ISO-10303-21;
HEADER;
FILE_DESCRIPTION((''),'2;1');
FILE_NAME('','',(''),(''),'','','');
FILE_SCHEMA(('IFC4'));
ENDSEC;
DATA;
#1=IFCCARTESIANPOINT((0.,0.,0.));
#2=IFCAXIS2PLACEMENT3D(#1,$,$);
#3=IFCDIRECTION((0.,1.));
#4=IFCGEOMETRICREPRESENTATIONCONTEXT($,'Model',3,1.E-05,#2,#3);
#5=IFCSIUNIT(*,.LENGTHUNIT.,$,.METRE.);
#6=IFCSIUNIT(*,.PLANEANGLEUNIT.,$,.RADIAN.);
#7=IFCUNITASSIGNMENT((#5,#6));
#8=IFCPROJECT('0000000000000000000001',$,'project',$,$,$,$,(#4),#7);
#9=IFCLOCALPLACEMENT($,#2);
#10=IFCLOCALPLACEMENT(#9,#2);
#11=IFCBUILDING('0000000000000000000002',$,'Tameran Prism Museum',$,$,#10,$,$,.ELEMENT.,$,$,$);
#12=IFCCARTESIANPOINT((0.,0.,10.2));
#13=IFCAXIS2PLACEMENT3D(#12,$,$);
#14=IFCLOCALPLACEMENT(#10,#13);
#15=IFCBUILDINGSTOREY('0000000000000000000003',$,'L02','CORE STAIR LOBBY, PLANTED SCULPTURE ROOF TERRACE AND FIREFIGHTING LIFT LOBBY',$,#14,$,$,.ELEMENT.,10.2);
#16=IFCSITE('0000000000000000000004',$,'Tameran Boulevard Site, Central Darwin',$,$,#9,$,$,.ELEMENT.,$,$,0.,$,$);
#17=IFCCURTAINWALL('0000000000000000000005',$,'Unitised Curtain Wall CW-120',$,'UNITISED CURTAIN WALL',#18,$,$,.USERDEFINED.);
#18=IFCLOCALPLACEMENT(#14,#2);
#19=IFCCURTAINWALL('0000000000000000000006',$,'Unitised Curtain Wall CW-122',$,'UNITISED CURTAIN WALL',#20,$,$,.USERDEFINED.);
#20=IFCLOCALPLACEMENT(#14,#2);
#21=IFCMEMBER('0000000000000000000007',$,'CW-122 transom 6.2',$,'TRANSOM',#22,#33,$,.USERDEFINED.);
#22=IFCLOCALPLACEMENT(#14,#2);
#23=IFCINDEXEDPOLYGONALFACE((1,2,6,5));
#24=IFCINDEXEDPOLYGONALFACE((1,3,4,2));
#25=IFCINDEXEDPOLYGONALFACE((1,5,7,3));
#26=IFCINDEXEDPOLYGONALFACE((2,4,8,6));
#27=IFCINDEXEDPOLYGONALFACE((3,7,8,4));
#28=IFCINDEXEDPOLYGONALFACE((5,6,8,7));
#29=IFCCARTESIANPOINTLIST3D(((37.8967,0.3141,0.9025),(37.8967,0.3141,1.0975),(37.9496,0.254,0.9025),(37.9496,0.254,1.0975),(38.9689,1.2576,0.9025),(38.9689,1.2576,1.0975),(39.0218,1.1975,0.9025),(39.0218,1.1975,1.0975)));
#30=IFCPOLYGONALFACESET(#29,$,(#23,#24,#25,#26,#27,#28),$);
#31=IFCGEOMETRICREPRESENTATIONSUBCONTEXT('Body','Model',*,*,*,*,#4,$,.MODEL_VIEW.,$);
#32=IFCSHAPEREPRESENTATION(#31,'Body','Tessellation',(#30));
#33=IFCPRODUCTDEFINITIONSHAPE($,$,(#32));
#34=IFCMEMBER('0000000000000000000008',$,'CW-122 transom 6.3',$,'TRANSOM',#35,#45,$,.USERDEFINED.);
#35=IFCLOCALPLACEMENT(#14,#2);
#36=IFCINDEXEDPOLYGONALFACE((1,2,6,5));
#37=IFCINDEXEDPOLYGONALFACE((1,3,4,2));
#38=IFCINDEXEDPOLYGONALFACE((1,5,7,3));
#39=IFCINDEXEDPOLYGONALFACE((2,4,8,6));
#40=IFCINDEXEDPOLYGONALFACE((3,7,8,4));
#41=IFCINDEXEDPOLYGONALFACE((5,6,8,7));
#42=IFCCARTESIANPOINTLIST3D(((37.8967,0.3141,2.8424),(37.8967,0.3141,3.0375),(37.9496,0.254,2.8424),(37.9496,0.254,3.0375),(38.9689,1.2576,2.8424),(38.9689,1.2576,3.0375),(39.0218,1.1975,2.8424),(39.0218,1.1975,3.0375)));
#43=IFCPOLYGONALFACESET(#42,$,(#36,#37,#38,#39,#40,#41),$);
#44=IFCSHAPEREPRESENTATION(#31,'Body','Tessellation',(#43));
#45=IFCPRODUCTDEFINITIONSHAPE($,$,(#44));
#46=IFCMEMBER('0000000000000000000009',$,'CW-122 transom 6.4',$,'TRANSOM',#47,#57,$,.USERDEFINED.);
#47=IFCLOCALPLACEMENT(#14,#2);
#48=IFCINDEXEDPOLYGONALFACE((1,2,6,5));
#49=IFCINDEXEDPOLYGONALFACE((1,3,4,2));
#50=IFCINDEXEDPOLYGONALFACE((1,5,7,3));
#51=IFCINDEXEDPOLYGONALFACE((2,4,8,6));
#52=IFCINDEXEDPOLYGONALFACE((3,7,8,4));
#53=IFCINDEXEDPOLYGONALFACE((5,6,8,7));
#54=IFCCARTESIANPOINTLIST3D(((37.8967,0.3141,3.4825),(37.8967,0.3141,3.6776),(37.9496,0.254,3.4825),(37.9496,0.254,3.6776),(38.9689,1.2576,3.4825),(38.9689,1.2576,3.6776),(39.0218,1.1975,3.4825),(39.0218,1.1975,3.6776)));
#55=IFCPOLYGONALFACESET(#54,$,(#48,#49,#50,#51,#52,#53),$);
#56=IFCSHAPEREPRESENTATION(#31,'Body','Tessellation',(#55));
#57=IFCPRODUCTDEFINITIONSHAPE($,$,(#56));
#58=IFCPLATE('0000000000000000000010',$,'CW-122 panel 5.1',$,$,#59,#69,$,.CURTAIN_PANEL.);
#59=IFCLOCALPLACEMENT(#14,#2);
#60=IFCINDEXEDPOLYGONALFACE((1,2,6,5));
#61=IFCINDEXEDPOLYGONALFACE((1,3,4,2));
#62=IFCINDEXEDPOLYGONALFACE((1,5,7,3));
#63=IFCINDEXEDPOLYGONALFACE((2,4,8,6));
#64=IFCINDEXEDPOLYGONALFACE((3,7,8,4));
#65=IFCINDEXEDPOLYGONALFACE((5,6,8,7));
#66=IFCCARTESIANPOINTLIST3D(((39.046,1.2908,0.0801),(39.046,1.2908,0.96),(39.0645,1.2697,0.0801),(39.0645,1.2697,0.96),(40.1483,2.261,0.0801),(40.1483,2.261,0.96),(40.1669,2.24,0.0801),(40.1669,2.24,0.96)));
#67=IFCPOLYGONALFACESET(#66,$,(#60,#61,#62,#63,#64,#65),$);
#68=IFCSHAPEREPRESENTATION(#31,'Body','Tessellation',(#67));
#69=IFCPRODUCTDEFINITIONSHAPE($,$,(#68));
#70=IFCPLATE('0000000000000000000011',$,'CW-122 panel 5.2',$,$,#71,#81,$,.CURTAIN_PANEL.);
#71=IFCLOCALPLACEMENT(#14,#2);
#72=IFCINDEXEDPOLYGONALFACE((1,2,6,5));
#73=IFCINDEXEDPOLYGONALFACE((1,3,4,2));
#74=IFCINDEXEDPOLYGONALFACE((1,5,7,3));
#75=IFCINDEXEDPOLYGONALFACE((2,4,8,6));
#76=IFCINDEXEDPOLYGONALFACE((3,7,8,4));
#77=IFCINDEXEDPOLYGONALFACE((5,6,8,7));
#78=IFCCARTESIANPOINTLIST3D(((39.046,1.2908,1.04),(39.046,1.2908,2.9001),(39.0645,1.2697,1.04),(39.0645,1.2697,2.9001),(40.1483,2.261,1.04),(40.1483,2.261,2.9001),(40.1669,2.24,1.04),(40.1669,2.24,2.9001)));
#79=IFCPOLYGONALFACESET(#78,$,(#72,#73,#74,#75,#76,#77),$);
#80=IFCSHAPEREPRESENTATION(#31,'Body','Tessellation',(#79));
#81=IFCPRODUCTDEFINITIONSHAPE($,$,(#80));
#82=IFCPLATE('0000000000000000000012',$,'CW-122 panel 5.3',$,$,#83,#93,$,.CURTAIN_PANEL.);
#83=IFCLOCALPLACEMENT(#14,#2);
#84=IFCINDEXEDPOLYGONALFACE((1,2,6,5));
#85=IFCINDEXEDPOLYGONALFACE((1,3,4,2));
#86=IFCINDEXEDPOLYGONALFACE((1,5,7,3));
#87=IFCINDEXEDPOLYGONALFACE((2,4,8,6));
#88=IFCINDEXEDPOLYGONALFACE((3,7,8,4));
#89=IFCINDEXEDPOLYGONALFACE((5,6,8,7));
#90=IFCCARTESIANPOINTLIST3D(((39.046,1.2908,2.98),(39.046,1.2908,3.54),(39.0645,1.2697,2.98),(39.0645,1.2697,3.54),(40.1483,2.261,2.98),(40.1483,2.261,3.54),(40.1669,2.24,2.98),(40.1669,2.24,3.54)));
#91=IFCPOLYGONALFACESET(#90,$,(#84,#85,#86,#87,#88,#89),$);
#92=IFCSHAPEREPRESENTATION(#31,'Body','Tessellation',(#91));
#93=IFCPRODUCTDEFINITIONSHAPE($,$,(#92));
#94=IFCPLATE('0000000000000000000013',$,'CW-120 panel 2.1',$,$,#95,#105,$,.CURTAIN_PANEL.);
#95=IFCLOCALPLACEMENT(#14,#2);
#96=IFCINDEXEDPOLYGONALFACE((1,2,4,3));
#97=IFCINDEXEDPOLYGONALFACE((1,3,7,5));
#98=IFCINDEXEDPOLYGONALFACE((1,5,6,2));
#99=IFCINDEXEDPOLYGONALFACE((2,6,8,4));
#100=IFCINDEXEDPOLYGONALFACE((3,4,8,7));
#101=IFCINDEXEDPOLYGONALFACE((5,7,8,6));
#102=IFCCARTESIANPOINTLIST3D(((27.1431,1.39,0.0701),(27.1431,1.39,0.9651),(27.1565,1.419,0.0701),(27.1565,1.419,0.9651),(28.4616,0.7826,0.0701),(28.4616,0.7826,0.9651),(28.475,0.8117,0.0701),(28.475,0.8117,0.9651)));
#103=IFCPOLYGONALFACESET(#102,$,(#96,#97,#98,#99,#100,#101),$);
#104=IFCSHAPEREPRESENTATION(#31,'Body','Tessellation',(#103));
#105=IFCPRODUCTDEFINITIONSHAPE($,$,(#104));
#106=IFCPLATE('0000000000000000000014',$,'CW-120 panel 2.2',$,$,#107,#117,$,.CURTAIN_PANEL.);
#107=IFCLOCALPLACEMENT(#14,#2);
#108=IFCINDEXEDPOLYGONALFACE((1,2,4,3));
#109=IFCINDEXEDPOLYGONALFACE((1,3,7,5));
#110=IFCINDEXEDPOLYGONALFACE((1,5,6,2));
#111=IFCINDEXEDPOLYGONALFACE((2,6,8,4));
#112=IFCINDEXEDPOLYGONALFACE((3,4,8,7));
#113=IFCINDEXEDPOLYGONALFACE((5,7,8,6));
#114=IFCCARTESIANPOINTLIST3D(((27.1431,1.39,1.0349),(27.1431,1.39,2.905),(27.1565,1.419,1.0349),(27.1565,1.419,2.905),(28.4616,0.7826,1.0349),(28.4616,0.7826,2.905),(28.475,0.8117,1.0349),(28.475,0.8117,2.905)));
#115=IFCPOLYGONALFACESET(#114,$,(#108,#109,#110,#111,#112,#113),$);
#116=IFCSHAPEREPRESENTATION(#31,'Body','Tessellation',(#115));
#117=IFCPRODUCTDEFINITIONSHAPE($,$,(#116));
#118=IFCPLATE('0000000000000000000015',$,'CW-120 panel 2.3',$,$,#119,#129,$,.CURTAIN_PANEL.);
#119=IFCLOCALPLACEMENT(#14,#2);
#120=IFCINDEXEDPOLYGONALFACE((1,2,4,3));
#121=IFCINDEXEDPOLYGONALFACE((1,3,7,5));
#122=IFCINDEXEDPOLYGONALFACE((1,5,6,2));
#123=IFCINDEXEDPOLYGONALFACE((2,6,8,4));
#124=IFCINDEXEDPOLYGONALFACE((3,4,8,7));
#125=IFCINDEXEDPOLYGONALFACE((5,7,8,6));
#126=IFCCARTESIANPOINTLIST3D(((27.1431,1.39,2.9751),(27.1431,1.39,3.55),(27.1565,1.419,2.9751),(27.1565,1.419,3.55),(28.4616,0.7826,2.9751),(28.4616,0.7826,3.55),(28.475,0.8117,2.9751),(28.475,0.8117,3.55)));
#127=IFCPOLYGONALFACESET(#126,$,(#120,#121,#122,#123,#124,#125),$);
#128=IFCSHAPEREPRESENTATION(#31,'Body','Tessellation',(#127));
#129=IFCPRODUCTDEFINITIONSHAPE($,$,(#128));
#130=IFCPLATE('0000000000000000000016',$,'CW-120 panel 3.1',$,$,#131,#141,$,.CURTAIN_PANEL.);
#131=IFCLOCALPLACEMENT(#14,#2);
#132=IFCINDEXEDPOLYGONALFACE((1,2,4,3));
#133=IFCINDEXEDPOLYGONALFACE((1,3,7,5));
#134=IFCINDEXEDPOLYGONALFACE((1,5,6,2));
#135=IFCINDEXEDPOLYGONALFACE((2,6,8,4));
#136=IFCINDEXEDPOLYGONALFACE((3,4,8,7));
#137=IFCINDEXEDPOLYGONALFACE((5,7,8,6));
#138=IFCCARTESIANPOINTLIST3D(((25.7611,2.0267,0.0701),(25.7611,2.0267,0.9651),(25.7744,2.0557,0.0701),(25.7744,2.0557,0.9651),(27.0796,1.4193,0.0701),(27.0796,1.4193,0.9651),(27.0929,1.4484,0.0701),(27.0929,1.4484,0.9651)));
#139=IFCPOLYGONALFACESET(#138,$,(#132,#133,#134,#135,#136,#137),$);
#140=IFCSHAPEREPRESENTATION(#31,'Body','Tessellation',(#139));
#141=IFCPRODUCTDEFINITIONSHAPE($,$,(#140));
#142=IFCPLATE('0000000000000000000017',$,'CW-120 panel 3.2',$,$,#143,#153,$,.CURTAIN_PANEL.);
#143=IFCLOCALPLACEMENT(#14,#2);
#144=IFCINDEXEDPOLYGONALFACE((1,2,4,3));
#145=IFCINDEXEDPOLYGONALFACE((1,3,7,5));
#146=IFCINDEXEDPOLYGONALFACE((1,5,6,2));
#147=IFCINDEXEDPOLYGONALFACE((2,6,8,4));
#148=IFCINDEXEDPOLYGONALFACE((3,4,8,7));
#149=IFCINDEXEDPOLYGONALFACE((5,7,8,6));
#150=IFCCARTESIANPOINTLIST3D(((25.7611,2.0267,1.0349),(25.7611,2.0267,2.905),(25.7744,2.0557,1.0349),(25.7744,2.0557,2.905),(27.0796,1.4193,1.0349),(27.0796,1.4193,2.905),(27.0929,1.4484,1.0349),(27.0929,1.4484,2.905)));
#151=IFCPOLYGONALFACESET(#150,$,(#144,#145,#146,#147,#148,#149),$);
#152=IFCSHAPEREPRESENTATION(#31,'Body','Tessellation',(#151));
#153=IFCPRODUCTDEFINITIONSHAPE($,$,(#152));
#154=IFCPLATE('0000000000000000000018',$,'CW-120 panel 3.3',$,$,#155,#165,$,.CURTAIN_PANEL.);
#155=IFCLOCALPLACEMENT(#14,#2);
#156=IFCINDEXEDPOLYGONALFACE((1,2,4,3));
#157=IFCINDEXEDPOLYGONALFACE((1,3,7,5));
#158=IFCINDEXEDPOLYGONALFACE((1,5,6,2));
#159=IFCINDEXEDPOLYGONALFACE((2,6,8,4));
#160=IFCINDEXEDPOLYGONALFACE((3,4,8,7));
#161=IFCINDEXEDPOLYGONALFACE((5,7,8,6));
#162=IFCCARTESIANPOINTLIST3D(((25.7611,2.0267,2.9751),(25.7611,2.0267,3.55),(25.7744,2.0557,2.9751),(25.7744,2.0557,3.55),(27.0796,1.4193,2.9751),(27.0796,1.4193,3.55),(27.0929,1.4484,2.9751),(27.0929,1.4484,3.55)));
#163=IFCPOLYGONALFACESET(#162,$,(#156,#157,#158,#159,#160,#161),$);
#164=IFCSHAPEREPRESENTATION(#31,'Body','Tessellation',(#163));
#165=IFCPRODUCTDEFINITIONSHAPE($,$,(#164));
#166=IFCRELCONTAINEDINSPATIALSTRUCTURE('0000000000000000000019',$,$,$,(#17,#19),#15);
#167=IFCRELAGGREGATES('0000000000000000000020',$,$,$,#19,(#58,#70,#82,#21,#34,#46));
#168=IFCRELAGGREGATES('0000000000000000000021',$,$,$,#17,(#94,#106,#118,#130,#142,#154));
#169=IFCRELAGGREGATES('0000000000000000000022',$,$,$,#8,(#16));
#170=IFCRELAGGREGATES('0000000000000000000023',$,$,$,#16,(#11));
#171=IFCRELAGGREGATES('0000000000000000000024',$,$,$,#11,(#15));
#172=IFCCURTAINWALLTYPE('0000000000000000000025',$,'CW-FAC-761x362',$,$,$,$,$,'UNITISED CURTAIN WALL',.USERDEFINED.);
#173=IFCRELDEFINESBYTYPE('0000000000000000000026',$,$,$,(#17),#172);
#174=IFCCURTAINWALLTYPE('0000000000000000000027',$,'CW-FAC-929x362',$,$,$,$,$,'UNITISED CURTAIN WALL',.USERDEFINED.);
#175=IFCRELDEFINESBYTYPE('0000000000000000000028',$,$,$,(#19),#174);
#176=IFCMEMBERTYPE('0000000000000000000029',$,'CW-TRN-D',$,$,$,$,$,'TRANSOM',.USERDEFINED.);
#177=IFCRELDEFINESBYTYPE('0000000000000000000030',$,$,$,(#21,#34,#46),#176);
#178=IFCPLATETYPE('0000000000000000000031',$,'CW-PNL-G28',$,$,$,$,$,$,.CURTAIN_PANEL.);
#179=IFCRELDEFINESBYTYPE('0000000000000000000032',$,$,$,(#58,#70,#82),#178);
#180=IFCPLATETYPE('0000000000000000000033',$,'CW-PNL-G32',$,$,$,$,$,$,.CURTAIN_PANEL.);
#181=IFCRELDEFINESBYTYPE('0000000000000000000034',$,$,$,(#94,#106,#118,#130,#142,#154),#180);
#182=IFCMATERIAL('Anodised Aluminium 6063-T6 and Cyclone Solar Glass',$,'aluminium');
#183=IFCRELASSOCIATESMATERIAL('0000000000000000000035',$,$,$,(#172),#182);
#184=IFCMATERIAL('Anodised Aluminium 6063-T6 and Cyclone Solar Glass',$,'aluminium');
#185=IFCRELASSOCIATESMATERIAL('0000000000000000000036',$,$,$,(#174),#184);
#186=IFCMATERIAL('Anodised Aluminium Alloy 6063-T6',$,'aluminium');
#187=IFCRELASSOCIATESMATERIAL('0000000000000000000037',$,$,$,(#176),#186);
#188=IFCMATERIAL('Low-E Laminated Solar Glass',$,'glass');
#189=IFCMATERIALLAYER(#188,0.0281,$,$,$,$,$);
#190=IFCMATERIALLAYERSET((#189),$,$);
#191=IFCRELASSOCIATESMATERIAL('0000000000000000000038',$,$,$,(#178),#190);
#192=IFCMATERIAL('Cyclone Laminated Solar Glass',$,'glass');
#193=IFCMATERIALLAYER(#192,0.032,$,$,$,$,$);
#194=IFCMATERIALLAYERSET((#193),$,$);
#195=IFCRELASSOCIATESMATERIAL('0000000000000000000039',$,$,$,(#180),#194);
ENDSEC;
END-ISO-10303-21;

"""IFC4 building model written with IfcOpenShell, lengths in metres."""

from ifc_helpers import new_model, si_unit, direction, frame, origin, origin_2d, place, context, subcontext, project, spatial, rectangle, extrude, material, layer, layer_set, material_profile, profile_set, type_object, element, aggregate, save


model = new_model("IFC4")

# Units and contexts
model_context = context("Model", 3, precision=1e-05, world=origin(), true_north=direction((0.0, 1.0)))
body_context = subcontext(model_context, "Body", "Model", "MODEL_VIEW")
ifc_project = project(units=[si_unit("LENGTHUNIT", "METRE"), si_unit("PLANEANGLEUNIT", "RADIAN")], contexts=[model_context])

# Site, building, storey
site_placement = place(None, origin())
site = spatial("IfcSite", under=ifc_project, at=site_placement, Name="Tameran Boulevard Site, Central Darwin", CompositionType="ELEMENT", RefElevation=0.0)
building_placement = place(site_placement, origin())
building = spatial("IfcBuilding", under=site, at=building_placement, Name="Tameran Prism Museum", CompositionType="ELEMENT")
storey_placement = place(building_placement, frame((0.0, 0.0, 10.2)))
storey = spatial("IfcBuildingStorey", under=building, at=storey_placement, Name="L02", Description="CORE STAIR LOBBY, PLANTED SCULPTURE ROOF TERRACE AND FIREFIGHTING LIFT LOBBY", CompositionType="ELEMENT", Elevation=10.2)

# Curtain wall
ifc_material_1 = material(Name="Anodised Aluminium 6063-T6 and Cyclone Solar Glass", Category="aluminium")
curtain_wall_type_1 = type_object("IfcCurtainWallType", Name="CW-FAC-761x362", ElementType="UNITISED CURTAIN WALL", PredefinedType="USERDEFINED", material=ifc_material_1)
curtain_wall_1_placement = place(storey_placement, origin())
curtain_wall_1 = element("IfcCurtainWall", 1, at=curtain_wall_1_placement, inside=storey, type_object=curtain_wall_type_1, Name="Unitised Curtain Wall CW-120", ObjectType="UNITISED CURTAIN WALL", PredefinedType="USERDEFINED")

# Curtain wall
ifc_material_2 = material(Name="Anodised Aluminium 6063-T6 and Cyclone Solar Glass", Category="aluminium")
curtain_wall_type_2 = type_object("IfcCurtainWallType", Name="CW-FAC-929x362", ElementType="UNITISED CURTAIN WALL", PredefinedType="USERDEFINED", material=ifc_material_2)
curtain_wall_2_placement = place(storey_placement, origin())
curtain_wall_2 = element("IfcCurtainWall", 2, at=curtain_wall_2_placement, inside=storey, type_object=curtain_wall_type_2, Name="Unitised Curtain Wall CW-122", ObjectType="UNITISED CURTAIN WALL", PredefinedType="USERDEFINED")

# Members
ifc_material_3 = material(Name="Anodised Aluminium Alloy 6063-T6", Category="aluminium")
ifc_material_profile_1 = material_profile(ifc_material_3, rectangle(XDim=0.0801, YDim=0.1951, at=origin_2d()))
ifc_profile_set_1 = profile_set([ifc_material_profile_1])
member_type_1 = type_object("IfcMemberType", Name="CW-TRN-D", ElementType="TRANSOM", PredefinedType="USERDEFINED", material=ifc_profile_set_1)
member_1_placement = place(storey_placement, frame((38.9954, 1.2275, 1.0), z_axis=(-0.75071, -0.660632, 0.0), x_axis=(0.660632, -0.75071, 0.0)))
member_1 = element("IfcMember", 3, at=member_1_placement, type_object=member_type_1, Name="CW-122 transom 6.2", ObjectType="TRANSOM", PredefinedType="USERDEFINED", context=body_context, shape_type="SweptSolid", body=[
    extrude(rectangle(XDim=0.0801, YDim=0.1951, at=origin_2d()), origin(), (0.0, 0.0, 1.0), 1.4282),
])
member_2_placement = place(storey_placement, frame((38.9954, 1.2275, 2.9399), z_axis=(-0.75071, -0.660632, 0.0), x_axis=(0.660632, -0.75071, 0.0)))
member_2 = element("IfcMember", 4, at=member_2_placement, type_object=member_type_1, Name="CW-122 transom 6.3", ObjectType="TRANSOM", PredefinedType="USERDEFINED", context=body_context, shape_type="SweptSolid", body=[
    extrude(rectangle(XDim=0.0801, YDim=0.1951, at=origin_2d()), origin(), (0.0, 0.0, 1.0), 1.4282),
])
member_3_placement = place(storey_placement, frame((38.9954, 1.2275, 3.5801), z_axis=(-0.75071, -0.660632, 0.0), x_axis=(0.660632, -0.75071, 0.0)))
member_3 = element("IfcMember", 5, at=member_3_placement, type_object=member_type_1, Name="CW-122 transom 6.4", ObjectType="TRANSOM", PredefinedType="USERDEFINED", context=body_context, shape_type="SweptSolid", body=[
    extrude(rectangle(XDim=0.0801, YDim=0.1951, at=origin_2d()), origin(), (0.0, 0.0, 1.0), 1.4282),
])

# Plates
ifc_material_4 = material(Name="Low-E Laminated Solar Glass", Category="glass")
ifc_layer_1 = layer(ifc_material_4, 0.0281)
ifc_layer_set_1 = layer_set([ifc_layer_1])
plate_type_1 = type_object("IfcPlateType", Name="CW-PNL-G28", PredefinedType="CURTAIN_PANEL", material=ifc_layer_set_1)
plate_1_placement = place(storey_placement, frame((39.6064, 1.7654, 0.0801), z_axis=(0.0, 0.0, 1.0), x_axis=(-0.750667, -0.660681, 0.0)))
plate_1 = element("IfcPlate", 6, at=plate_1_placement, type_object=plate_type_1, Name="CW-122 panel 5.1", PredefinedType="CURTAIN_PANEL", context=body_context, shape_type="SweptSolid", body=[
    extrude(rectangle(XDim=1.4685, YDim=0.0281, at=origin_2d()), origin(), (0.0, 0.0, 1.0), 0.8799),
])
plate_2_placement = place(storey_placement, frame((39.6064, 1.7654, 1.04), z_axis=(0.0, 0.0, 1.0), x_axis=(-0.750667, -0.660681, 0.0)))
plate_2 = element("IfcPlate", 7, at=plate_2_placement, type_object=plate_type_1, Name="CW-122 panel 5.2", PredefinedType="CURTAIN_PANEL", context=body_context, shape_type="SweptSolid", body=[
    extrude(rectangle(XDim=1.4685, YDim=0.0281, at=origin_2d()), origin(), (0.0, 0.0, 1.0), 1.8601),
])
plate_3_placement = place(storey_placement, frame((39.6064, 1.7654, 2.98), z_axis=(0.0, 0.0, 1.0), x_axis=(-0.750667, -0.660681, 0.0)))
plate_3 = element("IfcPlate", 8, at=plate_3_placement, type_object=plate_type_1, Name="CW-122 panel 5.3", PredefinedType="CURTAIN_PANEL", context=body_context, shape_type="SweptSolid", body=[
    extrude(rectangle(XDim=1.4685, YDim=0.0281, at=origin_2d()), origin(), (0.0, 0.0, 1.0), 0.5601),
])
aggregate(curtain_wall_2, [plate_1, plate_2, plate_3, member_1, member_2, member_3])
ifc_material_5 = material(Name="Cyclone Laminated Solar Glass", Category="glass")
ifc_layer_2 = layer(ifc_material_5, 0.032)
ifc_layer_set_2 = layer_set([ifc_layer_2])
plate_type_2 = type_object("IfcPlateType", Name="CW-PNL-G32", PredefinedType="CURTAIN_PANEL", material=ifc_layer_set_2)
plate_4_placement = place(storey_placement, frame((27.8091, 1.1008, 0.0701), z_axis=(0.0, 0.0, 1.0), x_axis=(-0.908271, 0.418383, 0.0)))
plate_4 = element("IfcPlate", 9, at=plate_4_placement, type_object=plate_type_2, Name="CW-120 panel 2.1", PredefinedType="CURTAIN_PANEL", context=body_context, shape_type="SweptSolid", body=[
    extrude(rectangle(XDim=1.4517, YDim=0.032, at=origin_2d()), origin(), (0.0, 0.0, 1.0), 0.895),
])
plate_5_placement = place(storey_placement, frame((27.8091, 1.1008, 1.0349), z_axis=(0.0, 0.0, 1.0), x_axis=(-0.908271, 0.418383, 0.0)))
plate_5 = element("IfcPlate", 10, at=plate_5_placement, type_object=plate_type_2, Name="CW-120 panel 2.2", PredefinedType="CURTAIN_PANEL", context=body_context, shape_type="SweptSolid", body=[
    extrude(rectangle(XDim=1.4517, YDim=0.032, at=origin_2d()), origin(), (0.0, 0.0, 1.0), 1.8701),
])
plate_6_placement = place(storey_placement, frame((27.8091, 1.1008, 2.9751), z_axis=(0.0, 0.0, 1.0), x_axis=(-0.908271, 0.418383, 0.0)))
plate_6 = element("IfcPlate", 11, at=plate_6_placement, type_object=plate_type_2, Name="CW-120 panel 2.3", PredefinedType="CURTAIN_PANEL", context=body_context, shape_type="SweptSolid", body=[
    extrude(rectangle(XDim=1.4517, YDim=0.032, at=origin_2d()), origin(), (0.0, 0.0, 1.0), 0.575),
])
plate_7_placement = place(storey_placement, frame((26.427, 1.7375, 0.0701), z_axis=(0.0, 0.0, 1.0), x_axis=(-0.908271, 0.418383, 0.0)))
plate_7 = element("IfcPlate", 12, at=plate_7_placement, type_object=plate_type_2, Name="CW-120 panel 3.1", PredefinedType="CURTAIN_PANEL", context=body_context, shape_type="SweptSolid", body=[
    extrude(rectangle(XDim=1.4517, YDim=0.032, at=origin_2d()), origin(), (0.0, 0.0, 1.0), 0.895),
])
plate_8_placement = place(storey_placement, frame((26.427, 1.7375, 1.0349), z_axis=(0.0, 0.0, 1.0), x_axis=(-0.908271, 0.418383, 0.0)))
plate_8 = element("IfcPlate", 13, at=plate_8_placement, type_object=plate_type_2, Name="CW-120 panel 3.2", PredefinedType="CURTAIN_PANEL", context=body_context, shape_type="SweptSolid", body=[
    extrude(rectangle(XDim=1.4517, YDim=0.032, at=origin_2d()), origin(), (0.0, 0.0, 1.0), 1.8701),
])
plate_9_placement = place(storey_placement, frame((26.427, 1.7375, 2.9751), z_axis=(0.0, 0.0, 1.0), x_axis=(-0.908271, 0.418383, 0.0)))
plate_9 = element("IfcPlate", 14, at=plate_9_placement, type_object=plate_type_2, Name="CW-120 panel 3.3", PredefinedType="CURTAIN_PANEL", context=body_context, shape_type="SweptSolid", body=[
    extrude(rectangle(XDim=1.4517, YDim=0.032, at=origin_2d()), origin(), (0.0, 0.0, 1.0), 0.575),
])
aggregate(curtain_wall_1, [plate_4, plate_5, plate_6, plate_7, plate_8, plate_9])

save(model, "model.ifc")
